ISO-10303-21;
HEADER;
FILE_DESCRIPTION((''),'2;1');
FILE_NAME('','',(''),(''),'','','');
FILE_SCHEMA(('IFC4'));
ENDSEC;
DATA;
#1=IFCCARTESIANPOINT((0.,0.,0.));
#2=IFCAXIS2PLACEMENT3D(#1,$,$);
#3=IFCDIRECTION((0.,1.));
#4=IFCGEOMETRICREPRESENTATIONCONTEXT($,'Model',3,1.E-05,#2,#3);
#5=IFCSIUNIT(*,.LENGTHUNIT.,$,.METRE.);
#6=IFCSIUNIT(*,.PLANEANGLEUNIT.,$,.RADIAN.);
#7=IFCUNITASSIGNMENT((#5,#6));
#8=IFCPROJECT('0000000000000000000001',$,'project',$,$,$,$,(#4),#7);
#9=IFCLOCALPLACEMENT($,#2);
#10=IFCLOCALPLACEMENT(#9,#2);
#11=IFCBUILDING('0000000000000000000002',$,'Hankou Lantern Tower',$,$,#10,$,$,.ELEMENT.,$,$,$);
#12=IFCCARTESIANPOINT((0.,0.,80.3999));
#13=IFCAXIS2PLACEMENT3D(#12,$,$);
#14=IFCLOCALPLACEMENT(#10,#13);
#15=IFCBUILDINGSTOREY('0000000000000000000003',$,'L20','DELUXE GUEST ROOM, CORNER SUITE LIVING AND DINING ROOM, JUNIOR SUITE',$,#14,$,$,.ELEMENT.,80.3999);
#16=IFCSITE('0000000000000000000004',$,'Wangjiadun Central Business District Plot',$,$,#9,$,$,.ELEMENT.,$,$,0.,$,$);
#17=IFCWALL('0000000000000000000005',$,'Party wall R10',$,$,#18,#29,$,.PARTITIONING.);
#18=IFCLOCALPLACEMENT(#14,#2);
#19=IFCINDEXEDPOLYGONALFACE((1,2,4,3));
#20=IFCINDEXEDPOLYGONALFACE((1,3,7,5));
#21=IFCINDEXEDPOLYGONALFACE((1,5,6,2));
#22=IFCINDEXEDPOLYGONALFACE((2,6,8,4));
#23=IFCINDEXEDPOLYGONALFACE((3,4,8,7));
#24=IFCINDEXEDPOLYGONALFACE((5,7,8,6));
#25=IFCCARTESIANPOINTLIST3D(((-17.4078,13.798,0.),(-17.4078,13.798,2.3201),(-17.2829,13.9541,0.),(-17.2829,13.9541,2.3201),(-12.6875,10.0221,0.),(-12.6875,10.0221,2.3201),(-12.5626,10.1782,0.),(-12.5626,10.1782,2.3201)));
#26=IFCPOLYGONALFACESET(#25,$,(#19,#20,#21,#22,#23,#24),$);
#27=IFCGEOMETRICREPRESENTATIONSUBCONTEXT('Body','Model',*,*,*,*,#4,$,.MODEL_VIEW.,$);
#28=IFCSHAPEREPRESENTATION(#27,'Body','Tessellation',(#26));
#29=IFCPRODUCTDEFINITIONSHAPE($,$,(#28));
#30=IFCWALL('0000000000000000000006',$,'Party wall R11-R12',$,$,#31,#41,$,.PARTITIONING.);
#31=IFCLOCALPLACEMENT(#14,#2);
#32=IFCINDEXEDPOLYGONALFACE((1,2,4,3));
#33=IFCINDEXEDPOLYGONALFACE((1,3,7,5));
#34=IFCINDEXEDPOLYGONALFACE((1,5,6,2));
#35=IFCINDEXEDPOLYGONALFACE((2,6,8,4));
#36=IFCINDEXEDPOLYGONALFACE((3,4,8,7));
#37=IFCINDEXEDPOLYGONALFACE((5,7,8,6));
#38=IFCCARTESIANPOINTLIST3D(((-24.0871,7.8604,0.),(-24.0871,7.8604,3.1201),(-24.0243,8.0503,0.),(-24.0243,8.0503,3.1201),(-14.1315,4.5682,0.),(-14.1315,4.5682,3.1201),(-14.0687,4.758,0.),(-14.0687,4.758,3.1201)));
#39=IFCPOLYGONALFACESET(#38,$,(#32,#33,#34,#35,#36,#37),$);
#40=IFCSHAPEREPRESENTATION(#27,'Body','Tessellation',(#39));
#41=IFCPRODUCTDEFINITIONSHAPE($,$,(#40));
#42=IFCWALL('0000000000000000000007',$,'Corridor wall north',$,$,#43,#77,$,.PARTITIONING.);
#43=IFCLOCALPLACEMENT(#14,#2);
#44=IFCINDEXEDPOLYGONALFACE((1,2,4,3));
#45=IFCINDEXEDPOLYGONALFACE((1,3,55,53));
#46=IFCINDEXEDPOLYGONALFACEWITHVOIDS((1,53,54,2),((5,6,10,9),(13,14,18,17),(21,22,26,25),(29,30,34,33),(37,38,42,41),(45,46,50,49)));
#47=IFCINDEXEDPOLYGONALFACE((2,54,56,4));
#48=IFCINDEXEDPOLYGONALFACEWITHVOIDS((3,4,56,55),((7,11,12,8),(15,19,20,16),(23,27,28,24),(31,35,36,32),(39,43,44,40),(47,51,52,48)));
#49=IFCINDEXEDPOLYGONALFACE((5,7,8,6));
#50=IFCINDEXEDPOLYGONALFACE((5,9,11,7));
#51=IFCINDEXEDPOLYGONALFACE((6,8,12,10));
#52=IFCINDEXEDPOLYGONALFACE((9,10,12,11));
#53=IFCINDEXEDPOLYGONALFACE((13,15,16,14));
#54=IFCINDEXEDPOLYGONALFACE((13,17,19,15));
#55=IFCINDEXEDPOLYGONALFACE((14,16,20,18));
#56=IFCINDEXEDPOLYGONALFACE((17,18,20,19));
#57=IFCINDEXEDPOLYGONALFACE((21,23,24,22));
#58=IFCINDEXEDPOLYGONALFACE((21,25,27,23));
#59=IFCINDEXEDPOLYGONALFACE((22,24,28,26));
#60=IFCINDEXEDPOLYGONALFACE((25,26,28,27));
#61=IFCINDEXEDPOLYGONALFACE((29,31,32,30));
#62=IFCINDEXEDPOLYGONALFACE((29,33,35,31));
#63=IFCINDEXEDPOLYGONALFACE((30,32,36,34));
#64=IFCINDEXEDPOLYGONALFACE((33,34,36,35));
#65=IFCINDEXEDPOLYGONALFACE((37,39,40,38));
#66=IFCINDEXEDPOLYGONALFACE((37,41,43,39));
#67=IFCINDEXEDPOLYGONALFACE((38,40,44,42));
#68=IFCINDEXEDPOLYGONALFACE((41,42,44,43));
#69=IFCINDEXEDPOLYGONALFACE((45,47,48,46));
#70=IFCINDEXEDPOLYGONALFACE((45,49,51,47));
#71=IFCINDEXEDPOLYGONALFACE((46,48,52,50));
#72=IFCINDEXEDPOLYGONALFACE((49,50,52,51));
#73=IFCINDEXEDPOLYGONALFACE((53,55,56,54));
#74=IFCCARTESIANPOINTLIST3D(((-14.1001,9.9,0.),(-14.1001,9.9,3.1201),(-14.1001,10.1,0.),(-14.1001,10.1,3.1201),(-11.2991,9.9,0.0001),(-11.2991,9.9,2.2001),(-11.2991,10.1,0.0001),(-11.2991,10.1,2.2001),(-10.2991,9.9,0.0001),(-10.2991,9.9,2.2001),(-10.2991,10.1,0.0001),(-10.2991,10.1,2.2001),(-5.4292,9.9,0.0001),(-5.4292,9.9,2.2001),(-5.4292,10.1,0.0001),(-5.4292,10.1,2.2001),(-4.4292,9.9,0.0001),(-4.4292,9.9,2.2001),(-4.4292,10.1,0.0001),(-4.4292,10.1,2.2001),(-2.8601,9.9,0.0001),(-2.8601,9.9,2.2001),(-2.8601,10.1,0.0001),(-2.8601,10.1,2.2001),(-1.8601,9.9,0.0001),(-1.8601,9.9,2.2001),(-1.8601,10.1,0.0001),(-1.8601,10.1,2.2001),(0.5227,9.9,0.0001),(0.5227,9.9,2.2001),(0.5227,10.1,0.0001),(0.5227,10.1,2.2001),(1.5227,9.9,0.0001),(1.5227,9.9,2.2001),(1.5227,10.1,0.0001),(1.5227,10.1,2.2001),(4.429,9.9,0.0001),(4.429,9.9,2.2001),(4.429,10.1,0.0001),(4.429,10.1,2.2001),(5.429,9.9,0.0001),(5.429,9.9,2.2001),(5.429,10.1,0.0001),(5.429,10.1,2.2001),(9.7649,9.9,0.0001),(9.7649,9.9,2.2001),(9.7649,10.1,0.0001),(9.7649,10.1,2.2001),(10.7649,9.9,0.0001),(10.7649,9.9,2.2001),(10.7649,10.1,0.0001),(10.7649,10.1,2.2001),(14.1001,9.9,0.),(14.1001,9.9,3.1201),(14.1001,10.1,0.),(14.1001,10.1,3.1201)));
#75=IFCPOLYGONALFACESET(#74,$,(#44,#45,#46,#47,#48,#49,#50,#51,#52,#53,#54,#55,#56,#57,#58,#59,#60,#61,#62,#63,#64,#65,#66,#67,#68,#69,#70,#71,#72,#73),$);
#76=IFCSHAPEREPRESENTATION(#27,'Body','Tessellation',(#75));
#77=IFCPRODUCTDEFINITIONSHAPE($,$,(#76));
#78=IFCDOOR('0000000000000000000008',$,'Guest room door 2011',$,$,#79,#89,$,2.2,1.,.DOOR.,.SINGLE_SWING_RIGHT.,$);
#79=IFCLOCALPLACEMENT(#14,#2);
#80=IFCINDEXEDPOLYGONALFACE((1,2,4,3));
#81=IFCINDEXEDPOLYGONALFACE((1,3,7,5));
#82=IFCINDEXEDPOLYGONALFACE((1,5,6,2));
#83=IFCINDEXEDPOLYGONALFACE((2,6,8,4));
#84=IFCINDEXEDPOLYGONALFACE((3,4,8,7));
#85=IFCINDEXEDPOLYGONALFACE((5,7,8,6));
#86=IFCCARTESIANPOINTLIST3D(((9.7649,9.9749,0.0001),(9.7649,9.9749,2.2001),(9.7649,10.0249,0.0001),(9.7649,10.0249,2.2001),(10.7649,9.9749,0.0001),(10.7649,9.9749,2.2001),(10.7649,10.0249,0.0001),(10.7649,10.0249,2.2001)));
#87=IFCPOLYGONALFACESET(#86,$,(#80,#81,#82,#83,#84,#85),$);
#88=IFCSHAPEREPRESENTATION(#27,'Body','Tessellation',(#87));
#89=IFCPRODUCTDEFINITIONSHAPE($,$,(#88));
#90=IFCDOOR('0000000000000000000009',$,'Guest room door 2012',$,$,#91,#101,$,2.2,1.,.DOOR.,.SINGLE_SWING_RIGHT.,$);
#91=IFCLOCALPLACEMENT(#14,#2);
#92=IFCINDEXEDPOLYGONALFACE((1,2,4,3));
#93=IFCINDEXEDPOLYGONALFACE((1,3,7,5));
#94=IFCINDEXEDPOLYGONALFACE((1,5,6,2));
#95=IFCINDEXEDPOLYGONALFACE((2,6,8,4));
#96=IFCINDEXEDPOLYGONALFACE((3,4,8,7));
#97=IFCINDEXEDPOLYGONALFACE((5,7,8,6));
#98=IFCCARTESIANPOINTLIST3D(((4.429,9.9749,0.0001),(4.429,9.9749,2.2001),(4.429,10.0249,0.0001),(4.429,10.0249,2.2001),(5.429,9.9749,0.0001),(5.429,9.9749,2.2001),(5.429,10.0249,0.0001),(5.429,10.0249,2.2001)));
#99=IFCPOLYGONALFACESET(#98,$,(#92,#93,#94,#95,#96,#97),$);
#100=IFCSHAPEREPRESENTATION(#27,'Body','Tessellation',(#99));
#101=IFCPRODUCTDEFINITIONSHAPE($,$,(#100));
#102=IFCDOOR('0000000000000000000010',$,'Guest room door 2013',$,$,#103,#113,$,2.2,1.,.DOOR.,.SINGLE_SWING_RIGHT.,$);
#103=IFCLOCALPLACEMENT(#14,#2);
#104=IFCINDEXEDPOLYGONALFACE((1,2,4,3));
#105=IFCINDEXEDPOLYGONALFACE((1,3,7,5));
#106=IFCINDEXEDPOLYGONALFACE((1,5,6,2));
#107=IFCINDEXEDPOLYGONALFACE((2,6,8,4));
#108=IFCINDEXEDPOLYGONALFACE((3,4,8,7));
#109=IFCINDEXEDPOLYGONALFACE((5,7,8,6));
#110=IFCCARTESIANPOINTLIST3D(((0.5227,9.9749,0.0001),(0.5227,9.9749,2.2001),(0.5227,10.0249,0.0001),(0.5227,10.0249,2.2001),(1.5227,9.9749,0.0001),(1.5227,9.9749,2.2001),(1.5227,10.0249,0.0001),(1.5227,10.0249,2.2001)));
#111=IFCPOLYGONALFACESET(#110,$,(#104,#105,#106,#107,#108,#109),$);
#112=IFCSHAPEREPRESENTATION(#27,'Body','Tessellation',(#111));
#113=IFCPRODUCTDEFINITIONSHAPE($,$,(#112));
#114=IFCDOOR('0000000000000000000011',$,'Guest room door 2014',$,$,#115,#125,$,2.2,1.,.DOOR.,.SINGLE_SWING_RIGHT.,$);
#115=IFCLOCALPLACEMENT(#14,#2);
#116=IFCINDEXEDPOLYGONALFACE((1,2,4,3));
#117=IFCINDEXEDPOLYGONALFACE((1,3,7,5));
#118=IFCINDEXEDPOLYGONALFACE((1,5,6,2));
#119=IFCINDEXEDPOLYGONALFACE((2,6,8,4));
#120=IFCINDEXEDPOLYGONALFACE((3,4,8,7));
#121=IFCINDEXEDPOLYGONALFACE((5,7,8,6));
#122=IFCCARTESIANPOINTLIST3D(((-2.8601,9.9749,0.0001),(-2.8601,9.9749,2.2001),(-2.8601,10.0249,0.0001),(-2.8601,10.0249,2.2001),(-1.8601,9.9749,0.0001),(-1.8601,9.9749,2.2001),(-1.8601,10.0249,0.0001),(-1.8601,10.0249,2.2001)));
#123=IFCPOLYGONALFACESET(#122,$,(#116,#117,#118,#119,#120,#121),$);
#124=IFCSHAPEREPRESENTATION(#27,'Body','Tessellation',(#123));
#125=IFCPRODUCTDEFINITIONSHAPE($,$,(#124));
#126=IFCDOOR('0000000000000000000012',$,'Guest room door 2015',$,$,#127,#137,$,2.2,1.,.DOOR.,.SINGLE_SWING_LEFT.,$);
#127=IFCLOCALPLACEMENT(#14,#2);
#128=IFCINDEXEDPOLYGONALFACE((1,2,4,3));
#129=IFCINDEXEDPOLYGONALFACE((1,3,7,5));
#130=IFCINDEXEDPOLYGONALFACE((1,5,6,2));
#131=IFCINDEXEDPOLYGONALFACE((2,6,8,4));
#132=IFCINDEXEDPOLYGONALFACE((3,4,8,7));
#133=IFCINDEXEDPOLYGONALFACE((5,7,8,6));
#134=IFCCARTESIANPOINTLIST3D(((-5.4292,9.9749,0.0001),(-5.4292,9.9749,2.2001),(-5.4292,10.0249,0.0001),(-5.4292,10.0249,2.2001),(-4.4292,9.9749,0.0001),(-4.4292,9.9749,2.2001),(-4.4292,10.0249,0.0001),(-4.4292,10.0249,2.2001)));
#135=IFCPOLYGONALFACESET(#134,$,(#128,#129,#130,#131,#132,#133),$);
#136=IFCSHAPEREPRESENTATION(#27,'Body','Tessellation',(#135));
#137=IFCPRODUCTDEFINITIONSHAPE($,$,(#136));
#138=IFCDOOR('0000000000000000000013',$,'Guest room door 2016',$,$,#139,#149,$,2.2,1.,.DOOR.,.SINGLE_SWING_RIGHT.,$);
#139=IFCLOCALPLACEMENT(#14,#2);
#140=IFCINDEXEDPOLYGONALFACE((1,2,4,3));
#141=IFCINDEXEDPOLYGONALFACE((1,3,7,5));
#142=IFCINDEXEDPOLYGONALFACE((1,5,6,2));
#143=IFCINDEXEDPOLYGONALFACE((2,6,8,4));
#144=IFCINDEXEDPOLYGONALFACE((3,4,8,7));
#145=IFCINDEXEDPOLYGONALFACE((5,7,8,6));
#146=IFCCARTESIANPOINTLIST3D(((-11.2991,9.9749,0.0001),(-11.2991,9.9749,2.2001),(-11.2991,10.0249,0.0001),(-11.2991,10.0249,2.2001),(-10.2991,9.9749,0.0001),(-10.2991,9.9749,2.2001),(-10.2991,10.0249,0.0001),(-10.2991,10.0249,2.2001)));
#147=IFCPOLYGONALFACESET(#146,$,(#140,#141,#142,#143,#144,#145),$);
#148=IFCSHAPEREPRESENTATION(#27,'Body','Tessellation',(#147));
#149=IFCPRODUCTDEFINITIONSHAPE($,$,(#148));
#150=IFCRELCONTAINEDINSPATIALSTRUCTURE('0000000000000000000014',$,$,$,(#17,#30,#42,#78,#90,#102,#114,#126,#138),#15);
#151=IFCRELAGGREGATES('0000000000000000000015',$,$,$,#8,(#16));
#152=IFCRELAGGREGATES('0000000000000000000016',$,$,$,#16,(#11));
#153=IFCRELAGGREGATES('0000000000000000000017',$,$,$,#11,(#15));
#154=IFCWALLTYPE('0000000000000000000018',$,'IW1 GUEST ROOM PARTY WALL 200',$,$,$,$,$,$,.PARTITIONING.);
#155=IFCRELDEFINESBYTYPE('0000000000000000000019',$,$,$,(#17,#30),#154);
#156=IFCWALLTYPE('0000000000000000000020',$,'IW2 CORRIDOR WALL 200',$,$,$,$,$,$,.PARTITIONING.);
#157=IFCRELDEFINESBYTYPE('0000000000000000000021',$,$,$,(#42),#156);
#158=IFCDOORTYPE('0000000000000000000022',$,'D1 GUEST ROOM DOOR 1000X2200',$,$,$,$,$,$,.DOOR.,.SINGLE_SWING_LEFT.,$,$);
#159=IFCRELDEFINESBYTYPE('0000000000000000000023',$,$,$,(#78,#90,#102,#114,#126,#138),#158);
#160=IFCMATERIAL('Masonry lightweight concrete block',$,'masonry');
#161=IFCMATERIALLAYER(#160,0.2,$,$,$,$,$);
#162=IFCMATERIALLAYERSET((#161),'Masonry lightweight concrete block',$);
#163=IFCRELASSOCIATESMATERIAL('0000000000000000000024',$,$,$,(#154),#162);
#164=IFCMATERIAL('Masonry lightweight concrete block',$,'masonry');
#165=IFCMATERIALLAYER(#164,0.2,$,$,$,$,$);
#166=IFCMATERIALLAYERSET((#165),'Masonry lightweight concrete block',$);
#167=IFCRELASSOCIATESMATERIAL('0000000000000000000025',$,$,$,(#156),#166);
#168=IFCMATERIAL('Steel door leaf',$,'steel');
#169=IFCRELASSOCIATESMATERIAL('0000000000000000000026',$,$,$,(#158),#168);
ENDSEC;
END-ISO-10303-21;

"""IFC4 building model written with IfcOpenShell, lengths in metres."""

from ifc_helpers import new_model, si_unit, direction, frame, frame_2d, origin, place, context, subcontext, project, spatial, rectangle, extrude, material, layer, layer_set, type_object, element, fill, save


model = new_model("IFC4")

# Units and contexts
model_context = context("Model", 3, precision=1e-05, world=origin(), true_north=direction((0.0, 1.0)))
body_context = subcontext(model_context, "Body", "Model", "MODEL_VIEW")
ifc_project = project(units=[si_unit("LENGTHUNIT", "METRE"), si_unit("PLANEANGLEUNIT", "RADIAN")], contexts=[model_context])

# Site, building, storey
site_placement = place(None, origin())
site = spatial("IfcSite", under=ifc_project, at=site_placement, Name="Wangjiadun Central Business District Plot", CompositionType="ELEMENT", RefElevation=0.0)
building_placement = place(site_placement, origin())
building = spatial("IfcBuilding", under=site, at=building_placement, Name="Hankou Lantern Tower", CompositionType="ELEMENT")
storey_placement = place(building_placement, frame((0.0, 0.0, 80.3999)))
storey = spatial("IfcBuildingStorey", under=building, at=storey_placement, Name="L20", Description="DELUXE GUEST ROOM, CORNER SUITE LIVING AND DINING ROOM, JUNIOR SUITE", CompositionType="ELEMENT", Elevation=80.3999)

# Walls
ifc_material_1 = material(Name="Masonry lightweight concrete block", Category="masonry")
ifc_layer_1 = layer(ifc_material_1, 0.2)
ifc_layer_set_1 = layer_set([ifc_layer_1], Name="Masonry lightweight concrete block")
wall_type_1 = type_object("IfcWallType", Name="IW1 GUEST ROOM PARTY WALL 200", PredefinedType="PARTITIONING", material=ifc_layer_set_1)
wall_1_placement = place(storey_placement, frame((-12.625, 10.1001, 0.0), z_axis=(0.0, 0.0, 1.0), x_axis=(-0.780892, 0.624665, 0.0)))
element("IfcWall", 1, at=wall_1_placement, inside=storey, type_object=wall_type_1, Name="Party wall R10", PredefinedType="PARTITIONING", context=body_context, shape_type="SweptSolid", body=[
    extrude(rectangle(XDim=6.0447, YDim=0.2, at=frame_2d((3.0225, 0.0))), origin(), (0.0, 0.0, 1.0), 2.3201),
])
wall_2_placement = place(storey_placement, frame((-14.1001, 4.6631, 0.0), z_axis=(0.0, 0.0, 1.0), x_axis=(-0.949433, 0.313971, 0.0)))
element("IfcWall", 2, at=wall_2_placement, inside=storey, type_object=wall_type_1, Name="Party wall R11-R12", PredefinedType="PARTITIONING", context=body_context, shape_type="SweptSolid", body=[
    extrude(rectangle(XDim=10.4858, YDim=0.2, at=frame_2d((5.2429, 0.0))), origin(), (0.0, 0.0, 1.0), 3.1201),
])

# Wall, openings, doors
ifc_material_2 = material(Name="Masonry lightweight concrete block", Category="masonry")
ifc_layer_2 = layer(ifc_material_2, 0.2)
ifc_layer_set_2 = layer_set([ifc_layer_2], Name="Masonry lightweight concrete block")
wall_type_2 = type_object("IfcWallType", Name="IW2 CORRIDOR WALL 200", PredefinedType="PARTITIONING", material=ifc_layer_set_2)
wall_3_placement = place(storey_placement, frame((-14.1001, 10.0, 0.0), z_axis=(0.0, 0.0, 1.0), x_axis=(1.0, 0.0, 0.0)))
wall_3 = element("IfcWall", 3, at=wall_3_placement, inside=storey, type_object=wall_type_2, Name="Corridor wall north", PredefinedType="PARTITIONING", context=body_context, shape_type="SweptSolid", body=[
    extrude(rectangle(XDim=28.2002, YDim=0.2, at=frame_2d((14.1001, 0.0))), origin(), (0.0, 0.0, 1.0), 3.1201),
])
opening_1_placement = place(wall_3_placement, frame((23.865, 0.0, 0.0)))
opening_1 = element("IfcOpeningElement", 4, at=opening_1_placement, cuts=wall_3, PredefinedType="OPENING", context=body_context, shape_type="SweptSolid", body=[
    extrude(rectangle(XDim=1.0, YDim=2.2, at=frame_2d((0.5, 1.1001))), frame((0.0, 0.1099, 0.0), z_axis=(0.0, -1.0, 0.0), x_axis=(1.0, 0.0, 0.0)), (0.0, 0.0, 1.0), 0.22),
])
opening_2_placement = place(wall_3_placement, frame((18.5291, 0.0, 0.0)))
opening_2 = element("IfcOpeningElement", 5, at=opening_2_placement, cuts=wall_3, PredefinedType="OPENING", context=body_context, shape_type="SweptSolid", body=[
    extrude(rectangle(XDim=1.0, YDim=2.2, at=frame_2d((0.5, 1.1001))), frame((0.0, 0.1099, 0.0), z_axis=(0.0, -1.0, 0.0), x_axis=(1.0, 0.0, 0.0)), (0.0, 0.0, 1.0), 0.22),
])
opening_3_placement = place(wall_3_placement, frame((14.6228, 0.0, 0.0)))
opening_3 = element("IfcOpeningElement", 6, at=opening_3_placement, cuts=wall_3, PredefinedType="OPENING", context=body_context, shape_type="SweptSolid", body=[
    extrude(rectangle(XDim=1.0, YDim=2.2, at=frame_2d((0.5, 1.1001))), frame((0.0, 0.1099, 0.0), z_axis=(0.0, -1.0, 0.0), x_axis=(1.0, 0.0, 0.0)), (0.0, 0.0, 1.0), 0.22),
])
opening_4_placement = place(wall_3_placement, frame((11.24, 0.0, 0.0)))
opening_4 = element("IfcOpeningElement", 7, at=opening_4_placement, cuts=wall_3, PredefinedType="OPENING", context=body_context, shape_type="SweptSolid", body=[
    extrude(rectangle(XDim=1.0, YDim=2.2, at=frame_2d((0.5, 1.1001))), frame((0.0, 0.1099, 0.0), z_axis=(0.0, -1.0, 0.0), x_axis=(1.0, 0.0, 0.0)), (0.0, 0.0, 1.0), 0.22),
])
opening_5_placement = place(wall_3_placement, frame((8.6709, 0.0, 0.0)))
opening_5 = element("IfcOpeningElement", 8, at=opening_5_placement, cuts=wall_3, PredefinedType="OPENING", context=body_context, shape_type="SweptSolid", body=[
    extrude(rectangle(XDim=1.0, YDim=2.2, at=frame_2d((0.5, 1.1001))), frame((0.0, 0.1099, 0.0), z_axis=(0.0, -1.0, 0.0), x_axis=(1.0, 0.0, 0.0)), (0.0, 0.0, 1.0), 0.22),
])
opening_6_placement = place(wall_3_placement, frame((2.801, 0.0, 0.0)))
opening_6 = element("IfcOpeningElement", 9, at=opening_6_placement, cuts=wall_3, PredefinedType="OPENING", context=body_context, shape_type="SweptSolid", body=[
    extrude(rectangle(XDim=1.0, YDim=2.2, at=frame_2d((0.5, 1.1001))), frame((0.0, 0.1099, 0.0), z_axis=(0.0, -1.0, 0.0), x_axis=(1.0, 0.0, 0.0)), (0.0, 0.0, 1.0), 0.22),
])
ifc_material_3 = material(Name="Steel door leaf", Category="steel")
door_type_1 = type_object("IfcDoorType", Name="D1 GUEST ROOM DOOR 1000X2200", OperationType="SINGLE_SWING_LEFT", PredefinedType="DOOR", material=ifc_material_3)
door_1_placement = place(opening_1_placement, origin())
door_1 = element("IfcDoor", 10, at=door_1_placement, inside=storey, type_object=door_type_1, Name="Guest room door 2011", OperationType="SINGLE_SWING_RIGHT", OverallHeight=2.2, OverallWidth=1.0, PredefinedType="DOOR", context=body_context, shape_type="SweptSolid", body=[
    extrude(rectangle(XDim=1.0, YDim=2.2, at=frame_2d((0.5, 1.1001))), frame((0.0, 0.0249, 0.0), z_axis=(0.0, -1.0, 0.0), x_axis=(1.0, 0.0, 0.0)), (0.0, 0.0, 1.0), 0.05),
])
fill(opening_1, door_1)
door_2_placement = place(opening_2_placement, origin())
door_2 = element("IfcDoor", 11, at=door_2_placement, inside=storey, type_object=door_type_1, Name="Guest room door 2012", OperationType="SINGLE_SWING_RIGHT", OverallHeight=2.2, OverallWidth=1.0, PredefinedType="DOOR", context=body_context, shape_type="SweptSolid", body=[
    extrude(rectangle(XDim=1.0, YDim=2.2, at=frame_2d((0.5, 1.1001))), frame((0.0, 0.0249, 0.0), z_axis=(0.0, -1.0, 0.0), x_axis=(1.0, 0.0, 0.0)), (0.0, 0.0, 1.0), 0.05),
])
fill(opening_2, door_2)
door_3_placement = place(opening_3_placement, origin())
door_3 = element("IfcDoor", 12, at=door_3_placement, inside=storey, type_object=door_type_1, Name="Guest room door 2013", OperationType="SINGLE_SWING_RIGHT", OverallHeight=2.2, OverallWidth=1.0, PredefinedType="DOOR", context=body_context, shape_type="SweptSolid", body=[
    extrude(rectangle(XDim=1.0, YDim=2.2, at=frame_2d((0.5, 1.1001))), frame((0.0, 0.0249, 0.0), z_axis=(0.0, -1.0, 0.0), x_axis=(1.0, 0.0, 0.0)), (0.0, 0.0, 1.0), 0.05),
])
fill(opening_3, door_3)
door_4_placement = place(opening_4_placement, origin())
door_4 = element("IfcDoor", 13, at=door_4_placement, inside=storey, type_object=door_type_1, Name="Guest room door 2014", OperationType="SINGLE_SWING_RIGHT", OverallHeight=2.2, OverallWidth=1.0, PredefinedType="DOOR", context=body_context, shape_type="SweptSolid", body=[
    extrude(rectangle(XDim=1.0, YDim=2.2, at=frame_2d((0.5, 1.1001))), frame((0.0, 0.0249, 0.0), z_axis=(0.0, -1.0, 0.0), x_axis=(1.0, 0.0, 0.0)), (0.0, 0.0, 1.0), 0.05),
])
fill(opening_4, door_4)
door_5_placement = place(opening_5_placement, origin())
door_5 = element("IfcDoor", 14, at=door_5_placement, inside=storey, type_object=door_type_1, Name="Guest room door 2015", OperationType="SINGLE_SWING_LEFT", OverallHeight=2.2, OverallWidth=1.0, PredefinedType="DOOR", context=body_context, shape_type="SweptSolid", body=[
    extrude(rectangle(XDim=1.0, YDim=2.2, at=frame_2d((0.5, 1.1001))), frame((0.0, 0.0249, 0.0), z_axis=(0.0, -1.0, 0.0), x_axis=(1.0, 0.0, 0.0)), (0.0, 0.0, 1.0), 0.05),
])
fill(opening_5, door_5)
door_6_placement = place(opening_6_placement, origin())
door_6 = element("IfcDoor", 15, at=door_6_placement, inside=storey, type_object=door_type_1, Name="Guest room door 2016", OperationType="SINGLE_SWING_RIGHT", OverallHeight=2.2, OverallWidth=1.0, PredefinedType="DOOR", context=body_context, shape_type="SweptSolid", body=[
    extrude(rectangle(XDim=1.0, YDim=2.2, at=frame_2d((0.5, 1.1001))), frame((0.0, 0.0249, 0.0), z_axis=(0.0, -1.0, 0.0), x_axis=(1.0, 0.0, 0.0)), (0.0, 0.0, 1.0), 0.05),
])
fill(opening_6, door_6)

save(model, "model.ifc")
